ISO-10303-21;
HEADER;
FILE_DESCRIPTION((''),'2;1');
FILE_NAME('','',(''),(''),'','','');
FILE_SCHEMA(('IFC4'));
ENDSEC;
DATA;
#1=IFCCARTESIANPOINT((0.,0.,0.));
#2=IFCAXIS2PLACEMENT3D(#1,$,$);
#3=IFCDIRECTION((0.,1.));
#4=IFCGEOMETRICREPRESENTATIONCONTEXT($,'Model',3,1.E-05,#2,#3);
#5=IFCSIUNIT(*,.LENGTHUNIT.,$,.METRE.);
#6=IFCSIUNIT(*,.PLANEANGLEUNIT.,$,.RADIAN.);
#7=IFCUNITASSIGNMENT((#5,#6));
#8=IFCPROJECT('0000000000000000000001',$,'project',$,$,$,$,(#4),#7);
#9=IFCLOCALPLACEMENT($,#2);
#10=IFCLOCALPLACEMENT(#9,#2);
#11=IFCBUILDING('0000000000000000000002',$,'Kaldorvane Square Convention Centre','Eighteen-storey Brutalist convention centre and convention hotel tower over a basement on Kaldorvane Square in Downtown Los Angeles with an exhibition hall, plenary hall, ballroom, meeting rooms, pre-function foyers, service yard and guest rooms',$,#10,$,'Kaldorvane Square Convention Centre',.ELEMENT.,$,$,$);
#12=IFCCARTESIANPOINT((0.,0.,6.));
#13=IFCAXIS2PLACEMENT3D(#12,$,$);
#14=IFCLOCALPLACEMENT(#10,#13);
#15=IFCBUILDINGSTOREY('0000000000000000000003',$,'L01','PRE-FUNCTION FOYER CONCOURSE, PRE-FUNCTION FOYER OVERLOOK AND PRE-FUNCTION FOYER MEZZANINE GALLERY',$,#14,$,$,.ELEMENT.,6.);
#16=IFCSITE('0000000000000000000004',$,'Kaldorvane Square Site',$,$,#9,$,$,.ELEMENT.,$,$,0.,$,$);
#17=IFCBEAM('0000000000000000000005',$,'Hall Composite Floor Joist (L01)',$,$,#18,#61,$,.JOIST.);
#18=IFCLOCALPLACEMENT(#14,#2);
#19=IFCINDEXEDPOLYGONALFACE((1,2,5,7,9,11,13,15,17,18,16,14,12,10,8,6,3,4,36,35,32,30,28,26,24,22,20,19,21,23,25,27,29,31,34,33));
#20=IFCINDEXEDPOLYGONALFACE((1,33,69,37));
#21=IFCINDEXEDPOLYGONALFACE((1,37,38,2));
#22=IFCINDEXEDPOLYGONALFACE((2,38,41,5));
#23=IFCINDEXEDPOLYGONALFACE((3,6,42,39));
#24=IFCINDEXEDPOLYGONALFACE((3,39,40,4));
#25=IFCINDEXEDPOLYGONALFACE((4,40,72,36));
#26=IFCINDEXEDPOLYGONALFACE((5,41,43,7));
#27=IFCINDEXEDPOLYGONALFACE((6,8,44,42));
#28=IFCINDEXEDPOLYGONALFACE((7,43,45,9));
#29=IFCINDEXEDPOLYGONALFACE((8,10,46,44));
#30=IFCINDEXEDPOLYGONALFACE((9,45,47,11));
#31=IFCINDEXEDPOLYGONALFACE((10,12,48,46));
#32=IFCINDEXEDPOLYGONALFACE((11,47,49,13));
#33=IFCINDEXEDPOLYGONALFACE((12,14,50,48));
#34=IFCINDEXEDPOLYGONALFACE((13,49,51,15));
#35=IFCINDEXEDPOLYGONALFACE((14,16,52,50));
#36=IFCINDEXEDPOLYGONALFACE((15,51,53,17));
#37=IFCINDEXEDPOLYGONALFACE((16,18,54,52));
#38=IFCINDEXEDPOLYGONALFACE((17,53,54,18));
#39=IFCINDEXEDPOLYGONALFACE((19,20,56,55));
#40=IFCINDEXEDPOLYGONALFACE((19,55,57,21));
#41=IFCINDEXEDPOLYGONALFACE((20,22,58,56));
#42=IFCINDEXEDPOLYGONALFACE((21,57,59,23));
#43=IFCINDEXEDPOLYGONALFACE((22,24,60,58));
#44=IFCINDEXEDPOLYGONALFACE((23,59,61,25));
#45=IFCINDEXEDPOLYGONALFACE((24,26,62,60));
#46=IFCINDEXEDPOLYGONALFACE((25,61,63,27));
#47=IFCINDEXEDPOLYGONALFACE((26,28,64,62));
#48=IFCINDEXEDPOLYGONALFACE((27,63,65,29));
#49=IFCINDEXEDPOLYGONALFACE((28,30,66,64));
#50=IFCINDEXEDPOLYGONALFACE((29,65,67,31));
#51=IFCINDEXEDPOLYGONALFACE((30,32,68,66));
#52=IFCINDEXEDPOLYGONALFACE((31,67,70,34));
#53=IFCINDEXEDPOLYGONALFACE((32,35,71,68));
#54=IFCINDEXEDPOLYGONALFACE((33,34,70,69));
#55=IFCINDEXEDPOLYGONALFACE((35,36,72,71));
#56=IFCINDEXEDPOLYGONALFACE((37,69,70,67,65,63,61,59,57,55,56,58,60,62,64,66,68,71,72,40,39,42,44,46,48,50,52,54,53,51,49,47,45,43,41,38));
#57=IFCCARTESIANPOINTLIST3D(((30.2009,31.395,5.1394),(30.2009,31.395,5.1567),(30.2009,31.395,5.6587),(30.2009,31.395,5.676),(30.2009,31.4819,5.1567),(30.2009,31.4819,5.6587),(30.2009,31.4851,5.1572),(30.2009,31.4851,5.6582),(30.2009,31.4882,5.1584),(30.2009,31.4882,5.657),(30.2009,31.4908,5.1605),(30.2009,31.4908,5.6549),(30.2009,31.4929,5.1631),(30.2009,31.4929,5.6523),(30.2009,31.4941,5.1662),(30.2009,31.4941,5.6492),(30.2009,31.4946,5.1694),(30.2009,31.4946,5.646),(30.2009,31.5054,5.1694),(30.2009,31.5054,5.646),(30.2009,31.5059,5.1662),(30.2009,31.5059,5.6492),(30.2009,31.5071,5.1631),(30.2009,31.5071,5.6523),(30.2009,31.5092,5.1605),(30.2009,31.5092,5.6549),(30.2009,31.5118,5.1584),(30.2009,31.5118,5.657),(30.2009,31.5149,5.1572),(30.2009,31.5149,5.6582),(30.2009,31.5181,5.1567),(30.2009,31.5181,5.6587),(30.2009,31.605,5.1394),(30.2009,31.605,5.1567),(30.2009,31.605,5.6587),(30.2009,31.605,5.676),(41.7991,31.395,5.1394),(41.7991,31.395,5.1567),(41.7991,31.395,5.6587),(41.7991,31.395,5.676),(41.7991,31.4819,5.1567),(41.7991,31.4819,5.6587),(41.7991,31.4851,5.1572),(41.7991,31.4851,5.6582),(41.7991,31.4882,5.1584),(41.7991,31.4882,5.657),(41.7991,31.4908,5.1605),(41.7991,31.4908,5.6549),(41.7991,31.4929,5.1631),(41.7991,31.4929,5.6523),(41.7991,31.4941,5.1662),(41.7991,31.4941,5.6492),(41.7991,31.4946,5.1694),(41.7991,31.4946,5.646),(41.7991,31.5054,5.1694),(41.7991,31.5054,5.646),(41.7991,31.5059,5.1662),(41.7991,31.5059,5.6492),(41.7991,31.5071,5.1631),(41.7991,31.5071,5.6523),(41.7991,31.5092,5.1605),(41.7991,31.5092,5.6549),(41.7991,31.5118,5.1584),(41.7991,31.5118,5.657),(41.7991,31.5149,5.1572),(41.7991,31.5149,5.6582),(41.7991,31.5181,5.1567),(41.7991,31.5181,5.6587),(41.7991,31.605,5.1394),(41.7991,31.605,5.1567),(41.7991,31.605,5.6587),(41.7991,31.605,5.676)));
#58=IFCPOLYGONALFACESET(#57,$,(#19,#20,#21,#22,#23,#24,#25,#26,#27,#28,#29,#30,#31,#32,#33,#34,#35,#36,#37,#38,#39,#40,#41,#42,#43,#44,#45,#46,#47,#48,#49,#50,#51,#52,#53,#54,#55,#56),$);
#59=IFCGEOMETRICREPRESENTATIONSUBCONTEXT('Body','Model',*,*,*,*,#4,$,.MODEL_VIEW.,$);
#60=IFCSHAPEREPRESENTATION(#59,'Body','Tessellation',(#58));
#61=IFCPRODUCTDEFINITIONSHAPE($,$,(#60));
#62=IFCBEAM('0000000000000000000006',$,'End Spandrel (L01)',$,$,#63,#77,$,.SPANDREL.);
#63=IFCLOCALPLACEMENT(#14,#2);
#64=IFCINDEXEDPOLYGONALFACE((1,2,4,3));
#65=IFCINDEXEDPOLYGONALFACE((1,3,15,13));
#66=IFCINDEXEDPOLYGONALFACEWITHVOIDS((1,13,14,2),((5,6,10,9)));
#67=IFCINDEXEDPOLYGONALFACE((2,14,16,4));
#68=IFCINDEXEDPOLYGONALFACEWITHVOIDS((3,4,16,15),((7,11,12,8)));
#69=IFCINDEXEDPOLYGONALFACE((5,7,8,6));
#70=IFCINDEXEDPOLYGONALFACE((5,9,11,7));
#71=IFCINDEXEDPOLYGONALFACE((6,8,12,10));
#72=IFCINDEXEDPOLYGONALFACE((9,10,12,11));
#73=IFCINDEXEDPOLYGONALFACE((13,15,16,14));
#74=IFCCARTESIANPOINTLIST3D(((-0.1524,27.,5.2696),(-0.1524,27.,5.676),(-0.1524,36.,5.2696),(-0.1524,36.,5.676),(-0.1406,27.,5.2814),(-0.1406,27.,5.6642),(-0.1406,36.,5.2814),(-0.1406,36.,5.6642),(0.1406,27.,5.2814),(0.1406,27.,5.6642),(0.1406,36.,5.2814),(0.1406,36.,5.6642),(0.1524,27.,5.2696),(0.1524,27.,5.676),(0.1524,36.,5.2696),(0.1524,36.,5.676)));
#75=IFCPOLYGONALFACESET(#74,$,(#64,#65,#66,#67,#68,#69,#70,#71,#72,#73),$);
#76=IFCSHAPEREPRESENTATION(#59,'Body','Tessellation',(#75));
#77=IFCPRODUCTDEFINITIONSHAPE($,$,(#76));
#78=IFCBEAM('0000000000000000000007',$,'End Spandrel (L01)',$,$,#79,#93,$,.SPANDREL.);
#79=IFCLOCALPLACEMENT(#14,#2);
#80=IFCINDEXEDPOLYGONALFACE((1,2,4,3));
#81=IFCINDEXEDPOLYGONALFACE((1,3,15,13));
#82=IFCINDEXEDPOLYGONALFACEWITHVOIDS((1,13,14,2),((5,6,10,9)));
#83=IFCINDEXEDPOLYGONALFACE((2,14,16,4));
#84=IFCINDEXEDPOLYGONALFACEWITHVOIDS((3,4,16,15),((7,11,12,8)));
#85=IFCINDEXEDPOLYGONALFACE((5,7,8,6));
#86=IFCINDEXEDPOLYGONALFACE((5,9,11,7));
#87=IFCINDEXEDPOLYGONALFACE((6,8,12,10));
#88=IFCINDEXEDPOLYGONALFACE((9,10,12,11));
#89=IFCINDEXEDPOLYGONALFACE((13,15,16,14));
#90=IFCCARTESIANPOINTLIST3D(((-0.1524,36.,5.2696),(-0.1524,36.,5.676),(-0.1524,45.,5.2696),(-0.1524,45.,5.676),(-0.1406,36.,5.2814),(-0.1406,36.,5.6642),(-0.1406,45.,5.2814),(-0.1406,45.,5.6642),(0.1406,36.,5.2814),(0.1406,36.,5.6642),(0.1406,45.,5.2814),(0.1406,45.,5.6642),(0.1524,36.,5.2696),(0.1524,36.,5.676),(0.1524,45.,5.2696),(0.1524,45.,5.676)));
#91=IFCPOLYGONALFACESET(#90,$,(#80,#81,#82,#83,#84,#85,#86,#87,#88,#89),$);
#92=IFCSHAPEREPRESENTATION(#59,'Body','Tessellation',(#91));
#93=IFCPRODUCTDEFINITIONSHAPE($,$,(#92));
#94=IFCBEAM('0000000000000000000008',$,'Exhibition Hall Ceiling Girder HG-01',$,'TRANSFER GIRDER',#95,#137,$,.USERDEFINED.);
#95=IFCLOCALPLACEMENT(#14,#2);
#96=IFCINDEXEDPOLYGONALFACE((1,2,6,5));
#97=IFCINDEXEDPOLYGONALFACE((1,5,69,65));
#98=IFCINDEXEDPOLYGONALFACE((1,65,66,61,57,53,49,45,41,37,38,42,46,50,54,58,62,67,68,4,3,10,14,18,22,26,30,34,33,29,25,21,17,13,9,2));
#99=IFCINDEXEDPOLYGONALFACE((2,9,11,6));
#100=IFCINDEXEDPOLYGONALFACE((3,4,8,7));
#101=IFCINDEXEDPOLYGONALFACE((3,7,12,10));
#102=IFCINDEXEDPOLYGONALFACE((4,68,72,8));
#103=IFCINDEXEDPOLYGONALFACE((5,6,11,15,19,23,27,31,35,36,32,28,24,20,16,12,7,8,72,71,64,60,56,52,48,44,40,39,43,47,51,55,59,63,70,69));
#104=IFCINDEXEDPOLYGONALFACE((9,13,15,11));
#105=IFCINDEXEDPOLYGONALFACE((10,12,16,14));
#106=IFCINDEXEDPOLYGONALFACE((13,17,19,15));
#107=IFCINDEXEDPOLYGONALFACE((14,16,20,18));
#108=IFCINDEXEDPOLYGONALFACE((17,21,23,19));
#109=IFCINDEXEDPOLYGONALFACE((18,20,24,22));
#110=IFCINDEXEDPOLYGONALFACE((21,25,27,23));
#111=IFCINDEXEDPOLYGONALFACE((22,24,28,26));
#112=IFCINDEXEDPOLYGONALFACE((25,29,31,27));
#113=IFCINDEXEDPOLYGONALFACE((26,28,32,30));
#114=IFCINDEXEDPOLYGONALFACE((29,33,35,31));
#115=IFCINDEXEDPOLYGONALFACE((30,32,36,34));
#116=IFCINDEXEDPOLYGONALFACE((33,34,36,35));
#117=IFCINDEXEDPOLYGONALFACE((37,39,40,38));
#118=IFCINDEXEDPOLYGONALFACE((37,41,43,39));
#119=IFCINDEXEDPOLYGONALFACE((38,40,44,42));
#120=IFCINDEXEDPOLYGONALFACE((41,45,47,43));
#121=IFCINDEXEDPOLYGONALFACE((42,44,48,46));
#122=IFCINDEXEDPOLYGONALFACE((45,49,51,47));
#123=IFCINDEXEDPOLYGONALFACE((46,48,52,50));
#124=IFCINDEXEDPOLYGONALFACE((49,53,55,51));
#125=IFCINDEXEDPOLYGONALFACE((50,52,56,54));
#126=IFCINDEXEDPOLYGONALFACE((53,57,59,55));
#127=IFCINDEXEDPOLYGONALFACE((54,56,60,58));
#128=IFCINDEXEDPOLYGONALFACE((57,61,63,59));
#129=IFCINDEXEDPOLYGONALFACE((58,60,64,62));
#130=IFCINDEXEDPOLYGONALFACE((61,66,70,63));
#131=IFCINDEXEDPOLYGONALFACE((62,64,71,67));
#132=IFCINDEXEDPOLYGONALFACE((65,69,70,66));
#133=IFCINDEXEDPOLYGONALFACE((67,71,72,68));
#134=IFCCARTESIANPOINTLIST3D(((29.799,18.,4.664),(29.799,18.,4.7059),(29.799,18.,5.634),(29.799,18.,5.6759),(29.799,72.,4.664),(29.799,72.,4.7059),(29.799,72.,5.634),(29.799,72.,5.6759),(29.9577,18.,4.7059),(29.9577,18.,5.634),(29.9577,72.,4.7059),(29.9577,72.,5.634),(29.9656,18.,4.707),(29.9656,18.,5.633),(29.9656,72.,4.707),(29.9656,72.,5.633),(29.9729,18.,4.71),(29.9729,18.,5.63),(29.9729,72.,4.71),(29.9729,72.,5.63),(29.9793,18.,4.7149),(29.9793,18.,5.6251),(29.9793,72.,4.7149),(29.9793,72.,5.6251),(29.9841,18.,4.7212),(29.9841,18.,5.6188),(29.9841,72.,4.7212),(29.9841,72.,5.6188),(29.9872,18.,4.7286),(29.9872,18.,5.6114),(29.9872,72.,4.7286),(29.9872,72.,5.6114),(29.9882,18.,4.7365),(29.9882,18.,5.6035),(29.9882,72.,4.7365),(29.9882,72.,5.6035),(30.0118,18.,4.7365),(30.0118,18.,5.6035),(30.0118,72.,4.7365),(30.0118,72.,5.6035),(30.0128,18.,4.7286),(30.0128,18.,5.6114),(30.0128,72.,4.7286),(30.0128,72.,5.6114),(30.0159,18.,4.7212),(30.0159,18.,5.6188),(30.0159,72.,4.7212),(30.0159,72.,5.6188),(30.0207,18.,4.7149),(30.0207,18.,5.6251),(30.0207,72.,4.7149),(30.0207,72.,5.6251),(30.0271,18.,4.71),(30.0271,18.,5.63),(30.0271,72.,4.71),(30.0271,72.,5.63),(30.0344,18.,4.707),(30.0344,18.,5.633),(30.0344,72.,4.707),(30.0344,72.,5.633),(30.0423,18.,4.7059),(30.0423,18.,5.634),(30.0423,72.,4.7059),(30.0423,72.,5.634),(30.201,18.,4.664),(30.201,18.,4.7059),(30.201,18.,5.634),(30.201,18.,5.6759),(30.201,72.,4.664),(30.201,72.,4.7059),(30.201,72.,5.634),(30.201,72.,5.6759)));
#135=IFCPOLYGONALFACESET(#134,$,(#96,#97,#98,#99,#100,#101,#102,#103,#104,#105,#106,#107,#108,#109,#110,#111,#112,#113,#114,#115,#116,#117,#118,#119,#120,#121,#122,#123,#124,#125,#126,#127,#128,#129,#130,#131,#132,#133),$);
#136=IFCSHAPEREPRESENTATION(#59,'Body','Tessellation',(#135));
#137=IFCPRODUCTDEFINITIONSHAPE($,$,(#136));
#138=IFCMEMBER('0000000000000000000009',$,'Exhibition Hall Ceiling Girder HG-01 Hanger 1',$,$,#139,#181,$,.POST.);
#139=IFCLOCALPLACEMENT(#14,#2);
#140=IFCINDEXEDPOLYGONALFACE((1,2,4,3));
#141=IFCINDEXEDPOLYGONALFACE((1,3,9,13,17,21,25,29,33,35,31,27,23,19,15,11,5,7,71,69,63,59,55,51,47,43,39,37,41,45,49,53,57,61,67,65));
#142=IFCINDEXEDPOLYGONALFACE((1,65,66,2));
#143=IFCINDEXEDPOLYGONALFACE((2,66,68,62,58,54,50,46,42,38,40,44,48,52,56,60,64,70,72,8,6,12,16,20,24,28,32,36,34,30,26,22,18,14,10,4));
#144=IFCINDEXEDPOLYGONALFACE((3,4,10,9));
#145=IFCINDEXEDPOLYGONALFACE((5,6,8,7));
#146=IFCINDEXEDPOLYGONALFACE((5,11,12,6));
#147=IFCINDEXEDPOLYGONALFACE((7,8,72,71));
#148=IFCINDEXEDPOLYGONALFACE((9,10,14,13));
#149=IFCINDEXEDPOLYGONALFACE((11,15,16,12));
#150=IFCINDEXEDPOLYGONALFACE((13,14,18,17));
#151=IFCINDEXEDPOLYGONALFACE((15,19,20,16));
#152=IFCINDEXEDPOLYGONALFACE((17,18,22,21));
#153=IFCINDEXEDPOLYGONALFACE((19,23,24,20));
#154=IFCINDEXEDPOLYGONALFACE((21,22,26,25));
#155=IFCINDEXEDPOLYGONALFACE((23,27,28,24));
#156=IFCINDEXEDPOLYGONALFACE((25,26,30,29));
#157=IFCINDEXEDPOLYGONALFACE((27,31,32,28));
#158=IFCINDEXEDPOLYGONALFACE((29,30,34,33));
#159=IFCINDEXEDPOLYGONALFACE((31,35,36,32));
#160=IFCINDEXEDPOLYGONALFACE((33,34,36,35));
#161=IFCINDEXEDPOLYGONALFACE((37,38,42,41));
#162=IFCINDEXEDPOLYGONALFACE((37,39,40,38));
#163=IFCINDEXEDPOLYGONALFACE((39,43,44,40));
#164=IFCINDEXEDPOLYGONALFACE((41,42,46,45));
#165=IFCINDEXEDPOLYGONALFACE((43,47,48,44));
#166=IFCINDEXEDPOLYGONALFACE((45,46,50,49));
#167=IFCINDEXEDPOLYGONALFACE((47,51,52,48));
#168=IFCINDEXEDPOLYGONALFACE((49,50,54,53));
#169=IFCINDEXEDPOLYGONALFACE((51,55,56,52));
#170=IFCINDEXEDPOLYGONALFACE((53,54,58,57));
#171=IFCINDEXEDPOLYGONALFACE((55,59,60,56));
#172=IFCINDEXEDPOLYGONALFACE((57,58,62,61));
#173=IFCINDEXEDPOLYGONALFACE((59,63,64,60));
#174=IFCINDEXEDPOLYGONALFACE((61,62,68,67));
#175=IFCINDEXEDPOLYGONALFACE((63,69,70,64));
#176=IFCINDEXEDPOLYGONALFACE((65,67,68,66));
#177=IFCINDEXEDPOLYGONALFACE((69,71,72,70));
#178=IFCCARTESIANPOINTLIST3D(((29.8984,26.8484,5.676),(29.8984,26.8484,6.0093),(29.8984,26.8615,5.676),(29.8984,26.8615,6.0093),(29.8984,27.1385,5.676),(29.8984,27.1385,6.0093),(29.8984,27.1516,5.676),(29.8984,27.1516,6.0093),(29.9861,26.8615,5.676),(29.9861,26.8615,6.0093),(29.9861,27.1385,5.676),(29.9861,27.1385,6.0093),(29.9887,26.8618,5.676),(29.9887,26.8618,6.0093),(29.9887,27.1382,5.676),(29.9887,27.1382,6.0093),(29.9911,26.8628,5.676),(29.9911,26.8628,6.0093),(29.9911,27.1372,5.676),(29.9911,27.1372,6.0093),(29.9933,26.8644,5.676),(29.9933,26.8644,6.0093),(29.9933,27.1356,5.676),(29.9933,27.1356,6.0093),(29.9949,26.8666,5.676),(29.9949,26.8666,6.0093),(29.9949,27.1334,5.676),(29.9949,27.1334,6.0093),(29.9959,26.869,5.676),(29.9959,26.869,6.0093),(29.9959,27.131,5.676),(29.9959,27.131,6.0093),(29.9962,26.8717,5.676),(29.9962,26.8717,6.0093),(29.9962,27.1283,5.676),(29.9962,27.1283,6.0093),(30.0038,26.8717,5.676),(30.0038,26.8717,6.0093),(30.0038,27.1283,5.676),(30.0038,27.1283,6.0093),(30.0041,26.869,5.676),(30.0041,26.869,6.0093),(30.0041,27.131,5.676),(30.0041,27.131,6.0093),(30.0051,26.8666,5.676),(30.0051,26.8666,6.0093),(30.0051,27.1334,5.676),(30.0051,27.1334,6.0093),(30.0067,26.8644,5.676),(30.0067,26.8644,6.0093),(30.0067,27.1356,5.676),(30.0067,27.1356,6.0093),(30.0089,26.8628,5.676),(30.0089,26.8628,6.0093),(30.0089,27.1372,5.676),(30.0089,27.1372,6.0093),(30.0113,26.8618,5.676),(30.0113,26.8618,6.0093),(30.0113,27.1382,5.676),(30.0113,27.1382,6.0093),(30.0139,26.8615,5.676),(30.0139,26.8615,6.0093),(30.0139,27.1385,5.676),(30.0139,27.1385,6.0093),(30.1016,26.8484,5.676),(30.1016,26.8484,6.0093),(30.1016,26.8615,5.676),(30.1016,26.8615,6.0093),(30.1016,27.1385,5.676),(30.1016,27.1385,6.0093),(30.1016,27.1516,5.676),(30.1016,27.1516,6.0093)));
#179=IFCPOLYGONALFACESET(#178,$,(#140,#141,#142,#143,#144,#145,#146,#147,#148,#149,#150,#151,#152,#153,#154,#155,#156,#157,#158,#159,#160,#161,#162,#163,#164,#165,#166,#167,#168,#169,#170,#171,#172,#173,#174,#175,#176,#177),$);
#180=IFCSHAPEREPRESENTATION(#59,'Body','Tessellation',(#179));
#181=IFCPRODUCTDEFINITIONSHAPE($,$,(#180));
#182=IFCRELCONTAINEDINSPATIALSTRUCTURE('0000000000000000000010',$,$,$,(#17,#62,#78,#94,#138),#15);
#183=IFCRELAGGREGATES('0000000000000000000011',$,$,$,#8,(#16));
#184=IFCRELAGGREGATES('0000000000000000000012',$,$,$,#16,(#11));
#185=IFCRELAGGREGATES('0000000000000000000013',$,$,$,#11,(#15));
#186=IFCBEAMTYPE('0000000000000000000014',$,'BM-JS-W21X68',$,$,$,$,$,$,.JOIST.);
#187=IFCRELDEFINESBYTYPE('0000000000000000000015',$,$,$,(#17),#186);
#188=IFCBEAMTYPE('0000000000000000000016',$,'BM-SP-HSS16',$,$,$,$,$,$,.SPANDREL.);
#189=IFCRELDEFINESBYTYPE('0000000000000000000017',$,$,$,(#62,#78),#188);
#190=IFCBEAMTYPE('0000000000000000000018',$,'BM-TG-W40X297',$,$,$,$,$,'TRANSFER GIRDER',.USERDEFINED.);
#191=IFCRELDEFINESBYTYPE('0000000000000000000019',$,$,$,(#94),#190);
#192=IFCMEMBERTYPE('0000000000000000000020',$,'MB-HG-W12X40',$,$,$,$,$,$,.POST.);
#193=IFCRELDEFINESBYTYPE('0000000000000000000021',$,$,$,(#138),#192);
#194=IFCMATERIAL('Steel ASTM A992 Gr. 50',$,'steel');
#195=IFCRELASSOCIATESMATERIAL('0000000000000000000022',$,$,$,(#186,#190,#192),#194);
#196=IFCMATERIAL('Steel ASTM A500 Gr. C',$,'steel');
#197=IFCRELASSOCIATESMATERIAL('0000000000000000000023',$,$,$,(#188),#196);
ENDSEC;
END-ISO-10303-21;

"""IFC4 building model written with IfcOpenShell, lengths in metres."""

from ifc_helpers import new_model, si_unit, direction, frame, origin, origin_2d, place, context, subcontext, project, spatial, hollow_rectangle, i_section, extrude, material, material_profile, profile_set, type_object, element, save


model = new_model("IFC4")

# Units and contexts
model_context = context("Model", 3, precision=1e-05, world=origin(), true_north=direction((0.0, 1.0)))
body_context = subcontext(model_context, "Body", "Model", "MODEL_VIEW")
ifc_project = project(units=[si_unit("LENGTHUNIT", "METRE"), si_unit("PLANEANGLEUNIT", "RADIAN")], contexts=[model_context])

# Site, building, storey
site_placement = place(None, origin())
site = spatial("IfcSite", under=ifc_project, at=site_placement, Name="Kaldorvane Square Site", CompositionType="ELEMENT", RefElevation=0.0)
building_placement = place(site_placement, origin())
building = spatial("IfcBuilding", under=site, at=building_placement, Name="Kaldorvane Square Convention Centre", Description="Eighteen-storey Brutalist convention centre and convention hotel tower over a basement on Kaldorvane Square in Downtown Los Angeles with an exhibition hall, plenary hall, ballroom, meeting rooms, pre-function foyers, service yard and guest rooms", LongName="Kaldorvane Square Convention Centre", CompositionType="ELEMENT")
storey_placement = place(building_placement, frame((0.0, 0.0, 6.0)))
storey = spatial("IfcBuildingStorey", under=building, at=storey_placement, Name="L01", Description="PRE-FUNCTION FOYER CONCOURSE, PRE-FUNCTION FOYER OVERLOOK AND PRE-FUNCTION FOYER MEZZANINE GALLERY", CompositionType="ELEMENT", Elevation=6.0)

# Shared definitions
ifc_material_1 = material(Name="Steel ASTM A500 Gr. C", Category="steel")
ifc_material_2 = material(Name="Steel ASTM A992 Gr. 50", Category="steel")

# Beams
ifc_material_profile_1 = material_profile(ifc_material_2, i_section(OverallWidth=0.2101, OverallDepth=0.5367, WebThickness=0.0109, FlangeThickness=0.0174, FilletRadius=0.0127, at=origin_2d()), Name="W21X68")
ifc_profile_set_1 = profile_set([ifc_material_profile_1], Name="Steel ASTM A992 Gr. 50")
beam_type_1 = type_object("IfcBeamType", Name="BM-JS-W21X68", PredefinedType="JOIST", material=ifc_profile_set_1)
for number, where, z_axis, x_axis, name in (
    (1, (30.2009, 31.5, 5.4077), (1.0, 0.0, 0.0), (0.0, 1.0, 0.0), "Hall Composite Floor Joist (L01)"),
):
    element("IfcBeam", number, at=place(storey_placement, frame(where, z_axis=z_axis, x_axis=x_axis)), inside=storey, type_object=beam_type_1, Name=name, PredefinedType="JOIST", context=body_context, shape_type="SweptSolid", body=[
        extrude(i_section(OverallWidth=0.2101, OverallDepth=0.5367, WebThickness=0.0109, FlangeThickness=0.0174, FilletRadius=0.0127, at=origin_2d()), origin(), (0.0, 0.0, 1.0), 11.5982),
    ])
ifc_material_profile_2 = material_profile(ifc_material_1, hollow_rectangle(XDim=0.3048, YDim=0.4064, WallThickness=0.0118, at=origin_2d()), Name="HSS16X12X1/2")
ifc_profile_set_2 = profile_set([ifc_material_profile_2], Name="Steel ASTM A500 Gr. C")
beam_type_2 = type_object("IfcBeamType", Name="BM-SP-HSS16", PredefinedType="SPANDREL", material=ifc_profile_set_2)
for number, where, z_axis, x_axis, name in (
    (2, (0.0, 27.0, 5.4728), (0.0, 1.0, 0.0), (-1.0, 0.0, 0.0), "End Spandrel (L01)"),
    (3, (0.0, 36.0, 5.4728), (0.0, 1.0, 0.0), (-1.0, 0.0, 0.0), "End Spandrel (L01)"),
):
    element("IfcBeam", number, at=place(storey_placement, frame(where, z_axis=z_axis, x_axis=x_axis)), inside=storey, type_object=beam_type_2, Name=name, PredefinedType="SPANDREL", context=body_context, shape_type="SweptSolid", body=[
        extrude(hollow_rectangle(XDim=0.3048, YDim=0.4064, WallThickness=0.0118, at=origin_2d()), origin(), (0.0, 0.0, 1.0), 9.0),
    ])
ifc_material_profile_3 = material_profile(ifc_material_2, i_section(OverallWidth=0.4019, OverallDepth=1.0119, WebThickness=0.0236, FlangeThickness=0.0419, FilletRadius=0.0305, at=origin_2d()), Name="W40X297")
ifc_profile_set_3 = profile_set([ifc_material_profile_3], Name="Steel ASTM A992 Gr. 50")
beam_type_3 = type_object("IfcBeamType", Name="BM-TG-W40X297", ElementType="TRANSFER GIRDER", PredefinedType="USERDEFINED", material=ifc_profile_set_3)
beam_1_placement = place(storey_placement, frame((30.0, 18.0, 5.17), z_axis=(0.0, 1.0, 0.0), x_axis=(-1.0, 0.0, 0.0)))
element("IfcBeam", 4, at=beam_1_placement, inside=storey, type_object=beam_type_3, Name="Exhibition Hall Ceiling Girder HG-01", ObjectType="TRANSFER GIRDER", PredefinedType="USERDEFINED", context=body_context, shape_type="SweptSolid", body=[
    extrude(i_section(OverallWidth=0.4019, OverallDepth=1.0119, WebThickness=0.0236, FlangeThickness=0.0419, FilletRadius=0.0305, at=origin_2d()), origin(), (0.0, 0.0, 1.0), 54.0),
])

# Member
ifc_material_profile_4 = material_profile(ifc_material_2, i_section(OverallWidth=0.2033, OverallDepth=0.3033, WebThickness=0.0075, FlangeThickness=0.0131, FilletRadius=0.0102, at=origin_2d()), Name="W12X40")
ifc_profile_set_4 = profile_set([ifc_material_profile_4], Name="Steel ASTM A992 Gr. 50")
member_type = type_object("IfcMemberType", Name="MB-HG-W12X40", PredefinedType="POST", material=ifc_profile_set_4)
member_placement = place(storey_placement, frame((30.0, 27.0, 5.676), z_axis=(0.0, 0.0, 1.0), x_axis=(1.0, 0.0, 0.0)))
element("IfcMember", 5, at=member_placement, inside=storey, type_object=member_type, Name="Exhibition Hall Ceiling Girder HG-01 Hanger 1", PredefinedType="POST", context=body_context, shape_type="SweptSolid", body=[
    extrude(i_section(OverallWidth=0.2033, OverallDepth=0.3033, WebThickness=0.0075, FlangeThickness=0.0131, FilletRadius=0.0102, at=origin_2d()), origin(), (0.0, 0.0, 1.0), 0.3333),
])

save(model, "model.ifc")
